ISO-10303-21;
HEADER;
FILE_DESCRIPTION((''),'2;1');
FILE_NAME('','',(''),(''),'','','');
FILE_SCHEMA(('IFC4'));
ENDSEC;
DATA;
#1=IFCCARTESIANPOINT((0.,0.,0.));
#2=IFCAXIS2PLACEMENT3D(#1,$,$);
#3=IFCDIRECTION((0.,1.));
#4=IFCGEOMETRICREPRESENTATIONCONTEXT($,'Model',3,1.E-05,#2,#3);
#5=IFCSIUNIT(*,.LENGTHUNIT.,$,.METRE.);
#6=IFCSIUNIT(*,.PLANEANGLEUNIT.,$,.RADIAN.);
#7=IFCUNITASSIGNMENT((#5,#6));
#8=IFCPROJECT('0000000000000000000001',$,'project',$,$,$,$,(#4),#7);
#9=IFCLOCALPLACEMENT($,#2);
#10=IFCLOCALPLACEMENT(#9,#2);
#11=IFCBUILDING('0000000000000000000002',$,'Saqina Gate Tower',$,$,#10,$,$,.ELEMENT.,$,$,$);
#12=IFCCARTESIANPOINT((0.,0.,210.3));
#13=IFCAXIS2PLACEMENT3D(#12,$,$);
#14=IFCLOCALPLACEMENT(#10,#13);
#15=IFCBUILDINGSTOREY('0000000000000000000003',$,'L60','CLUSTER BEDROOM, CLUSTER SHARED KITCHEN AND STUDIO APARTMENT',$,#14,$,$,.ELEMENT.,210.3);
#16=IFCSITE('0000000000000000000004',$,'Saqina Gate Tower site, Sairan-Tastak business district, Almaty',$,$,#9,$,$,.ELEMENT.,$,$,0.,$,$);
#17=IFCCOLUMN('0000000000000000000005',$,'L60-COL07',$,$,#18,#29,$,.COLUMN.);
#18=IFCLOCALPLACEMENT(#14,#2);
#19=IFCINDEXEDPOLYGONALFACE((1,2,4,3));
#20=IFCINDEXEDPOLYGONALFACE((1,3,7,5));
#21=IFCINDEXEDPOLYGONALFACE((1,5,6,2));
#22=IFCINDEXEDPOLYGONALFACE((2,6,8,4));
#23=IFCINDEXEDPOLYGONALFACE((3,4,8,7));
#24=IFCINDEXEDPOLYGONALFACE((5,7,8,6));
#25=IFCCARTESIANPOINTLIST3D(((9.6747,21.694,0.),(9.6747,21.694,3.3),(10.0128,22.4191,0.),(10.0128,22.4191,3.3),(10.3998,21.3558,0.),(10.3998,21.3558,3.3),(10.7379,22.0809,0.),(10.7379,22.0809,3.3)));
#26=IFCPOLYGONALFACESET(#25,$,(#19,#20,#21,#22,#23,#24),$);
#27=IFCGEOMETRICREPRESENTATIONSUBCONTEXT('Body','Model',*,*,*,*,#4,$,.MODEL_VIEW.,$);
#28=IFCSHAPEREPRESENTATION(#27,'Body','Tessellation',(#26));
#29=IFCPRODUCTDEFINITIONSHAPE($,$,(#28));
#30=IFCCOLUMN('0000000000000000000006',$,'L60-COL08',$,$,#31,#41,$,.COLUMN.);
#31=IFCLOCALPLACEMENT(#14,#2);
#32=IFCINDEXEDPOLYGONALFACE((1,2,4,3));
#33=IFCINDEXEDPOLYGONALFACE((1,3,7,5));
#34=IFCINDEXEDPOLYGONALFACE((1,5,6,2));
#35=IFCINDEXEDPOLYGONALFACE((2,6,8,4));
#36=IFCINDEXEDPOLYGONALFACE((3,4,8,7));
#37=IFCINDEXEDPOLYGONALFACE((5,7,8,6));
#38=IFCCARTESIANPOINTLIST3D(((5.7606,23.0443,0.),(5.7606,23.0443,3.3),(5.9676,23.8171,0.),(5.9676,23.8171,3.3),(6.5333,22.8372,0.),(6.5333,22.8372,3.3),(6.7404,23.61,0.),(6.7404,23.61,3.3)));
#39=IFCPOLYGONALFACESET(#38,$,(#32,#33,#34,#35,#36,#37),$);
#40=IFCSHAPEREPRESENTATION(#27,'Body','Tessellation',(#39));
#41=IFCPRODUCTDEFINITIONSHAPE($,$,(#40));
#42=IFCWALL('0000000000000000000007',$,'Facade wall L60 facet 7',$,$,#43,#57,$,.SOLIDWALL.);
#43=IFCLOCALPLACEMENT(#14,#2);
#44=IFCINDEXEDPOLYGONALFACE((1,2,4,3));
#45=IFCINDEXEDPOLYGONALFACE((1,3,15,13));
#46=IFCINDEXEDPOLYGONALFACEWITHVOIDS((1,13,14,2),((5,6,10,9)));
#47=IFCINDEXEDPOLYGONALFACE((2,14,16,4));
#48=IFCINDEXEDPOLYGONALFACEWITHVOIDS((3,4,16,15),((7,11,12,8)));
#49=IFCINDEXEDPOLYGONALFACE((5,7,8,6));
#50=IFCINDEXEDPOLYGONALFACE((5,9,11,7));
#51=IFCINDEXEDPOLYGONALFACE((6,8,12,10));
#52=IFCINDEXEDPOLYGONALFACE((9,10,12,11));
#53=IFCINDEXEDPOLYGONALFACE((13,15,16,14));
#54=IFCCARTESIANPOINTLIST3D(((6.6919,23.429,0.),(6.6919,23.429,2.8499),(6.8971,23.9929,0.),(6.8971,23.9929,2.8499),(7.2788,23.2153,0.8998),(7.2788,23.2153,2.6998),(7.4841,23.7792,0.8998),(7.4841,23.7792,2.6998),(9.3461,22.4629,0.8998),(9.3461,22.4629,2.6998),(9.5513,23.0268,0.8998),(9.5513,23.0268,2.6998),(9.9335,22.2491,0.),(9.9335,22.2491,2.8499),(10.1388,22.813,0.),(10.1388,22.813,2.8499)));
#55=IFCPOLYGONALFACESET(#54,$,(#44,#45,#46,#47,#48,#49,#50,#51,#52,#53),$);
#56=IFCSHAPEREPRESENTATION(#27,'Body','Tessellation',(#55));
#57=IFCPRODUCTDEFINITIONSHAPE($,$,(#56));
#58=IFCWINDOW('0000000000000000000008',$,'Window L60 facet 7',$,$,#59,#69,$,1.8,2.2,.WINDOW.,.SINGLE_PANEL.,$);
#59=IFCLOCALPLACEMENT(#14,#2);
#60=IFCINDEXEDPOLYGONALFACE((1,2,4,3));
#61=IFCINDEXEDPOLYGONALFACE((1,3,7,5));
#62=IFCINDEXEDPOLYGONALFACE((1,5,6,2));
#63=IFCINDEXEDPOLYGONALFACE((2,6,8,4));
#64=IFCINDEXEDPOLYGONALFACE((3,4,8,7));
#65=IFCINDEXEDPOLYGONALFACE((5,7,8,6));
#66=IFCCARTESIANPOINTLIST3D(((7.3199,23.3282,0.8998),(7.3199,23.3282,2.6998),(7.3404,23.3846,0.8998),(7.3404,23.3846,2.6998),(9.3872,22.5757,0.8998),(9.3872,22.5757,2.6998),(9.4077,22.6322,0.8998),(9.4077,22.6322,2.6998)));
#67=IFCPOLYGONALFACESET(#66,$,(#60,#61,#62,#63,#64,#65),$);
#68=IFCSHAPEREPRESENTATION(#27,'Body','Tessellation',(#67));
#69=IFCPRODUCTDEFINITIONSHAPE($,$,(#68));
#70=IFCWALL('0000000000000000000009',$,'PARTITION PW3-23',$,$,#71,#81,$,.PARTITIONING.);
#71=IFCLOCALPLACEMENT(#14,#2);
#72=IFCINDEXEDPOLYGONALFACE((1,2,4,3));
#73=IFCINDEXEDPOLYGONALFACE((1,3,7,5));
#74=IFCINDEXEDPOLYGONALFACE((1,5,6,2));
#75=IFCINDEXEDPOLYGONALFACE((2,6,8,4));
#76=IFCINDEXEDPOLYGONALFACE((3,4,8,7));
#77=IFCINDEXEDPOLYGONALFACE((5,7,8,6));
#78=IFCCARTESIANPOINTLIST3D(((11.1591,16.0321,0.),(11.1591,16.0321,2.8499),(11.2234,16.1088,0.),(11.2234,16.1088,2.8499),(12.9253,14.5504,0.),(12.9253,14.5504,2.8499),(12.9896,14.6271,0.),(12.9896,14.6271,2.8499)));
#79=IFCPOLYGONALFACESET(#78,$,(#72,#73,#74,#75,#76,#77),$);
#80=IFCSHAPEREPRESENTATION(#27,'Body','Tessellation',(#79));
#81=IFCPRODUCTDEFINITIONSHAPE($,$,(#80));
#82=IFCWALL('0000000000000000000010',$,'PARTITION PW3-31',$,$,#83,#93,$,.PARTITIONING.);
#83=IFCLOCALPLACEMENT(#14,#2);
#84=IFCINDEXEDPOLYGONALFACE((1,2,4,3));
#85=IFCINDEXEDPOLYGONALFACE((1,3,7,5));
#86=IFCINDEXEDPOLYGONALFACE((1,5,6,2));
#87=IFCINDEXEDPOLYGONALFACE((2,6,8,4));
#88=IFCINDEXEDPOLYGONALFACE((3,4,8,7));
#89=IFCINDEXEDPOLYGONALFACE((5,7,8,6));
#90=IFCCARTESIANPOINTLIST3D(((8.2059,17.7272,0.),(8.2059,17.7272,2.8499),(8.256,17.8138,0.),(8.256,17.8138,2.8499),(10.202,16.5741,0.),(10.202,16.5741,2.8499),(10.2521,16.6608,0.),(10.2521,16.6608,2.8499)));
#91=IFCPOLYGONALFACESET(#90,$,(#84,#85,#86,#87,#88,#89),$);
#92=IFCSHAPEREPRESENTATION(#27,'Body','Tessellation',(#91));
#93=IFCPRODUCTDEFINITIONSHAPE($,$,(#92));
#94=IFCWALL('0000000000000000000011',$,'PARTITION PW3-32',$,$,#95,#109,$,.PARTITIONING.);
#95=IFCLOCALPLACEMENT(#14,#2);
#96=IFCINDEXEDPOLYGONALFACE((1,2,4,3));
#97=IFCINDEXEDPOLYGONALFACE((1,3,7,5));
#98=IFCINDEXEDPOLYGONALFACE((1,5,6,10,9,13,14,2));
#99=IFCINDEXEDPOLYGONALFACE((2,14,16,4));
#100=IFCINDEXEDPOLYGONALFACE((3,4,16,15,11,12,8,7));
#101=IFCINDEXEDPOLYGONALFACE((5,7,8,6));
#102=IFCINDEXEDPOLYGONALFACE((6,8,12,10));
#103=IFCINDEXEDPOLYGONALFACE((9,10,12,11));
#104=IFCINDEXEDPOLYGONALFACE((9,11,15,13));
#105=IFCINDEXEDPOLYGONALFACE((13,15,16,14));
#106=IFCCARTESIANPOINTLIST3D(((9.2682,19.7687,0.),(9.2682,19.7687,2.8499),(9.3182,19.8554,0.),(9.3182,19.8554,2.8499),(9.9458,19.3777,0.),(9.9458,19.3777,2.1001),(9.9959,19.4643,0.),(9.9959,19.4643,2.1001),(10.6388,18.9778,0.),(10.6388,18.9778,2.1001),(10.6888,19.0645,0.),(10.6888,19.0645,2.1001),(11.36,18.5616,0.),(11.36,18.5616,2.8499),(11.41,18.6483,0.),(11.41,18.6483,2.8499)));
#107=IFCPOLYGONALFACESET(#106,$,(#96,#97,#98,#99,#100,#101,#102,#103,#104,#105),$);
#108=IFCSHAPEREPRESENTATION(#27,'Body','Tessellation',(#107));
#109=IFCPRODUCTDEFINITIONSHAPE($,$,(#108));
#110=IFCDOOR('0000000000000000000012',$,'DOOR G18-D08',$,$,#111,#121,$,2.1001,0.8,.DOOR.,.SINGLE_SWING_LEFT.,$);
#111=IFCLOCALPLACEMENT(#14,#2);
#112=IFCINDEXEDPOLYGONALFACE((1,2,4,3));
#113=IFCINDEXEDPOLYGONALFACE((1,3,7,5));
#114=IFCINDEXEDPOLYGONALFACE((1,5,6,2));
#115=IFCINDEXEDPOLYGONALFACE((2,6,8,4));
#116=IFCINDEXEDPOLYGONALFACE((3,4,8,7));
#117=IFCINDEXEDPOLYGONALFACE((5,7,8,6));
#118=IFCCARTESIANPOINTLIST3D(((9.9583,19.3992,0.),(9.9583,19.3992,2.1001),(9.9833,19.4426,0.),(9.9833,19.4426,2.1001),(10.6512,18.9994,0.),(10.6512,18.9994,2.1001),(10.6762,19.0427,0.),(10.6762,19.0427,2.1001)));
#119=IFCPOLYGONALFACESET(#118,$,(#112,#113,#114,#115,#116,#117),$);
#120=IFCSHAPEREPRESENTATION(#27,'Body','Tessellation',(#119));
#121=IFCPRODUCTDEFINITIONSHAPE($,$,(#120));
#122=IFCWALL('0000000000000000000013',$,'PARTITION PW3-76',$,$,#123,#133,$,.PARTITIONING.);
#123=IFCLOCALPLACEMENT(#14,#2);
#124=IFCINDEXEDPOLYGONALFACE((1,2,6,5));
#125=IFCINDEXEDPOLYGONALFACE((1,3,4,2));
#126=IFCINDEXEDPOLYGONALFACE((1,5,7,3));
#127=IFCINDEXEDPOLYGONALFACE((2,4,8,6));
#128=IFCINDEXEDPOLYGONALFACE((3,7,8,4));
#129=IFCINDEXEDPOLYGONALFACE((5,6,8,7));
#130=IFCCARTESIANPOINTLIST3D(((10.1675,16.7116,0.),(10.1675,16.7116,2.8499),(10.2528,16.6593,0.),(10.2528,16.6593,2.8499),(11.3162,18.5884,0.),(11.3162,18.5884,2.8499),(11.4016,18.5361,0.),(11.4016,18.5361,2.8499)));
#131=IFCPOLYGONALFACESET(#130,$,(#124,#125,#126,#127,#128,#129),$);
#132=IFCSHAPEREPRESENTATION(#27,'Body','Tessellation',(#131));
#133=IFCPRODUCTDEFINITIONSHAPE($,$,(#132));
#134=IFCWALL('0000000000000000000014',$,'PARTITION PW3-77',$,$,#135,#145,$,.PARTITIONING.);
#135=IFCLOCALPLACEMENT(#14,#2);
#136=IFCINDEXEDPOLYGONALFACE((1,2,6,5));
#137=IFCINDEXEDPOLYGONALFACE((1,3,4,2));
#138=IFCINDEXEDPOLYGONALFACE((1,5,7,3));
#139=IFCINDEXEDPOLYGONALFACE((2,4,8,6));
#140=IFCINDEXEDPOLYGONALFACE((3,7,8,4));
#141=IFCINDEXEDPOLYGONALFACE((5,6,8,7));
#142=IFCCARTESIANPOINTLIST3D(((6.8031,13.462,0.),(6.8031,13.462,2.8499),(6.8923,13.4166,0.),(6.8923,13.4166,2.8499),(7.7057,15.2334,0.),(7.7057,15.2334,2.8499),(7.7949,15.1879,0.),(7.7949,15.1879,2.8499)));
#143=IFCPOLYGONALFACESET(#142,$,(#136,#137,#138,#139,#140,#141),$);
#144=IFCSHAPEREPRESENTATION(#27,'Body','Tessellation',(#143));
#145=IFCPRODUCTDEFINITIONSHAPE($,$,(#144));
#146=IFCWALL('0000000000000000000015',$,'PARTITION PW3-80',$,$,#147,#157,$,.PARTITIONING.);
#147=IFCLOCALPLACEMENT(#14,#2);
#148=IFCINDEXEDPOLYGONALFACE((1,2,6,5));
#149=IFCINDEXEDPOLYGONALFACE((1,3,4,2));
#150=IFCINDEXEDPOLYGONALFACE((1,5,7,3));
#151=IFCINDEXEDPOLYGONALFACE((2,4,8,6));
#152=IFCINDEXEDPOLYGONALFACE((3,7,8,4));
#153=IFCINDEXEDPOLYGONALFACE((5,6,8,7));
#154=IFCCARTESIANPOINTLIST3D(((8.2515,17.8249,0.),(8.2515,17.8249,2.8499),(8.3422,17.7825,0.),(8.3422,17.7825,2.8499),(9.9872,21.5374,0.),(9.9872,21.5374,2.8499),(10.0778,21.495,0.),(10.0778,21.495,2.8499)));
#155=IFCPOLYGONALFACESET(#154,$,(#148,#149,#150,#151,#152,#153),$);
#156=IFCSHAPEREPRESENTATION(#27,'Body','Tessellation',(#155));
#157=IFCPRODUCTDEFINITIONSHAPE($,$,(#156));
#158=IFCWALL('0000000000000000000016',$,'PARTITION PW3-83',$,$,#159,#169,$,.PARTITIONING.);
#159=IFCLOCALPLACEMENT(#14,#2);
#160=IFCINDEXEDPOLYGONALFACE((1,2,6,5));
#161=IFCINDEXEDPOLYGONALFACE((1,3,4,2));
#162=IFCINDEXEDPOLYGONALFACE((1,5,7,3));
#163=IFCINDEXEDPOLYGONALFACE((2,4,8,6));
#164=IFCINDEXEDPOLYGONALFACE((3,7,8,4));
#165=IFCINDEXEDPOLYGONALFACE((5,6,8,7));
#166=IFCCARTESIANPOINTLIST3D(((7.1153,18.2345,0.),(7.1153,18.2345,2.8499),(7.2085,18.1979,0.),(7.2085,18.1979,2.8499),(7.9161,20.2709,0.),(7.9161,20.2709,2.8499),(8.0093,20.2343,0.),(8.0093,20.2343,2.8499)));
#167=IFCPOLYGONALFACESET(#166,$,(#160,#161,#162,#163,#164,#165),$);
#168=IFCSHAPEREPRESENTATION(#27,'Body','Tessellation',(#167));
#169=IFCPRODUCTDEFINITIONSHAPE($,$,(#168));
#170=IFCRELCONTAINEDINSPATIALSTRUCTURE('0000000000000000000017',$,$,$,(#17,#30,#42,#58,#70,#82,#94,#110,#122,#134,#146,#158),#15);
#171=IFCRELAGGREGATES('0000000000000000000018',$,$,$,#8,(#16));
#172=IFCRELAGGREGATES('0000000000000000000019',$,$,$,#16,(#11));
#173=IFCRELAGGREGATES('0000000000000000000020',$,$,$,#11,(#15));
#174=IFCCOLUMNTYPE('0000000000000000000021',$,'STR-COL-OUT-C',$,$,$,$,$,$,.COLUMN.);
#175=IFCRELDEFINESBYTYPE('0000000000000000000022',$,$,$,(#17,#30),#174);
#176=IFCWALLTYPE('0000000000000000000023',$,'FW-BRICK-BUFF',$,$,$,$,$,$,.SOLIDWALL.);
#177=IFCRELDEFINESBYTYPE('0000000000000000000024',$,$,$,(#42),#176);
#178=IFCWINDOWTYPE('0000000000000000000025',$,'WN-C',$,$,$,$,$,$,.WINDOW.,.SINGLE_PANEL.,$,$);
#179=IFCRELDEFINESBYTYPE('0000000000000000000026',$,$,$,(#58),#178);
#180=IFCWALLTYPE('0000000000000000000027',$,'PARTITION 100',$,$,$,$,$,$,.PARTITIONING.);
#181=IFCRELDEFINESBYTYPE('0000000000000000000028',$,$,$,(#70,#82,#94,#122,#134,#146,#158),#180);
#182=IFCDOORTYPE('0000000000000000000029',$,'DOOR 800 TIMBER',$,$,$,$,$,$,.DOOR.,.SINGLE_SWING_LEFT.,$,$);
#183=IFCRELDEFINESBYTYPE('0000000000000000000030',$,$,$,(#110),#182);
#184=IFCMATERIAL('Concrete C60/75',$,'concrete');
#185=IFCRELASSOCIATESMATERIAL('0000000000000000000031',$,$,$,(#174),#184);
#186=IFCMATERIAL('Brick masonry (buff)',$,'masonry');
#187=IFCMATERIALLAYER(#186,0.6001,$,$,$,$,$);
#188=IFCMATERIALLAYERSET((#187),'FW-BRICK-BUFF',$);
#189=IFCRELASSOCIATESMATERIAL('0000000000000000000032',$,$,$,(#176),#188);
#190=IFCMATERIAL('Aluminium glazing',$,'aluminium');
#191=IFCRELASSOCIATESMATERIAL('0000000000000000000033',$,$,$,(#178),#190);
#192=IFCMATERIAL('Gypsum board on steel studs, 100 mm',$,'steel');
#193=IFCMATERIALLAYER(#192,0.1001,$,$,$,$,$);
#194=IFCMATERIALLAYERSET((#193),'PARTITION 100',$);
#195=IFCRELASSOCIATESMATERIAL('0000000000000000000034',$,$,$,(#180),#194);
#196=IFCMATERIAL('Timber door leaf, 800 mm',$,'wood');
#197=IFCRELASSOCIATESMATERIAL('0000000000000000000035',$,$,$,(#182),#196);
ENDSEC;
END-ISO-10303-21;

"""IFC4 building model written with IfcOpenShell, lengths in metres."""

from ifc_helpers import new_model, si_unit, direction, frame, frame_2d, origin, origin_2d, place, context, subcontext, project, spatial, rectangle, extrude, material, layer, layer_set, material_profile, profile_set, type_object, element, fill, save


model = new_model("IFC4")

# Units and contexts
model_context = context("Model", 3, precision=1e-05, world=origin(), true_north=direction((0.0, 1.0)))
body_context = subcontext(model_context, "Body", "Model", "MODEL_VIEW")
ifc_project = project(units=[si_unit("LENGTHUNIT", "METRE"), si_unit("PLANEANGLEUNIT", "RADIAN")], contexts=[model_context])

# Site, building, storey
site_placement = place(None, origin())
site = spatial("IfcSite", under=ifc_project, at=site_placement, Name="Saqina Gate Tower site, Sairan-Tastak business district, Almaty", CompositionType="ELEMENT", RefElevation=0.0)
building_placement = place(site_placement, origin())
building = spatial("IfcBuilding", under=site, at=building_placement, Name="Saqina Gate Tower", CompositionType="ELEMENT")
storey_placement = place(building_placement, frame((0.0, 0.0, 210.3)))
storey = spatial("IfcBuildingStorey", under=building, at=storey_placement, Name="L60", Description="CLUSTER BEDROOM, CLUSTER SHARED KITCHEN AND STUDIO APARTMENT", CompositionType="ELEMENT", Elevation=210.3)

# Columns
ifc_material_1 = material(Name="Concrete C60/75", Category="concrete")
ifc_material_profile = material_profile(ifc_material_1, rectangle(XDim=0.8, YDim=0.8, at=origin_2d()), Name="RC 800x800")
ifc_profile_set = profile_set([ifc_material_profile], Name="Concrete C60/75")
column_type = type_object("IfcColumnType", Name="STR-COL-OUT-C", PredefinedType="COLUMN", material=ifc_profile_set)
for number, where, z_axis, x_axis, name in (
    (1, (10.2063, 21.8875, 0.0), (0.0, 0.0, 1.0), (0.422618, 0.906308, 0.0), "L60-COL07"),
    (2, (6.2505, 23.3271, 0.0), (0.0, 0.0, 1.0), (0.258819, 0.965926, 0.0), "L60-COL08"),
):
    element("IfcColumn", number, at=place(storey_placement, frame(where, z_axis=z_axis, x_axis=x_axis)), inside=storey, type_object=column_type, Name=name, PredefinedType="COLUMN", context=body_context, shape_type="SweptSolid", body=[
        extrude(rectangle(XDim=0.8, YDim=0.8, at=origin_2d()), origin(), (0.0, 0.0, 1.0), 3.3),
    ])

# Wall, opening, window
ifc_material_2 = material(Name="Brick masonry (buff)", Category="masonry")
ifc_layer_1 = layer(ifc_material_2, 0.6001)
ifc_layer_set_1 = layer_set([ifc_layer_1], Name="FW-BRICK-BUFF")
wall_type_1 = type_object("IfcWallType", Name="FW-BRICK-BUFF", PredefinedType="SOLIDWALL", material=ifc_layer_set_1)
wall_1_placement = place(storey_placement, frame((10.0361, 22.531, 0.0), z_axis=(0.0, 0.0, 1.0), x_axis=(-0.939688, 0.342033, 0.0)))
wall_1 = element("IfcWall", 3, at=wall_1_placement, inside=storey, type_object=wall_type_1, Name="Facade wall L60 facet 7", PredefinedType="SOLIDWALL", context=body_context, shape_type="SweptSolid", body=[
    extrude(rectangle(XDim=3.4497, YDim=0.6001, at=frame_2d((1.7249, 0.0))), origin(), (0.0, 0.0, 1.0), 2.8499),
])
opening_1_placement = place(wall_1_placement, frame((0.625, 0.0, 0.8999)))
opening_1 = element("IfcOpeningElement", 4, at=opening_1_placement, cuts=wall_1, PredefinedType="OPENING", context=body_context, shape_type="SweptSolid", body=[
    extrude(rectangle(XDim=2.2, YDim=1.8, at=frame_2d((1.1001, 0.8999))), frame((0.0, 0.312, 0.0), z_axis=(0.0, -1.0, 0.0), x_axis=(1.0, 0.0, 0.0)), (0.0, 0.0, 1.0), 0.624),
])
ifc_material_3 = material(Name="Aluminium glazing", Category="aluminium")
window_type = type_object("IfcWindowType", Name="WN-C", PartitioningType="SINGLE_PANEL", PredefinedType="WINDOW", material=ifc_material_3)
window_placement = place(opening_1_placement, origin())
window = element("IfcWindow", 5, at=window_placement, inside=storey, type_object=window_type, Name="Window L60 facet 7", OverallHeight=1.8, OverallWidth=2.2, PartitioningType="SINGLE_PANEL", PredefinedType="WINDOW", context=body_context, shape_type="SweptSolid", body=[
    extrude(rectangle(XDim=2.2, YDim=1.8, at=frame_2d((1.1001, 0.8999))), frame((0.0, 0.1799, 0.0), z_axis=(0.0, -1.0, 0.0), x_axis=(1.0, 0.0, 0.0)), (0.0, 0.0, 1.0), 0.0601),
])
fill(opening_1, window)

# Walls
ifc_material_4 = material(Name="Gypsum board on steel studs, 100 mm", Category="steel")
ifc_layer_2 = layer(ifc_material_4, 0.1001)
ifc_layer_set_2 = layer_set([ifc_layer_2], Name="PARTITION 100")
wall_type_2 = type_object("IfcWallType", Name="PARTITION 100", PredefinedType="PARTITIONING", material=ifc_layer_set_2)
wall_2_placement = place(storey_placement, frame((11.1912, 16.0706, 0.0), z_axis=(0.0, 0.0, 1.0), x_axis=(0.766099, -0.642723, 0.0)))
element("IfcWall", 6, at=wall_2_placement, inside=storey, type_object=wall_type_2, Name="PARTITION PW3-23", PredefinedType="PARTITIONING", context=body_context, shape_type="SweptSolid", body=[
    extrude(rectangle(XDim=2.3054, YDim=0.1001, at=frame_2d((1.1528, 0.0))), origin(), (0.0, 0.0, 1.0), 2.8499),
])
wall_3_placement = place(storey_placement, frame((8.231, 17.7705, 0.0), z_axis=(0.0, 0.0, 1.0), x_axis=(0.865907, -0.500205, 0.0)))
element("IfcWall", 7, at=wall_3_placement, inside=storey, type_object=wall_type_2, Name="PARTITION PW3-31", PredefinedType="PARTITIONING", context=body_context, shape_type="SweptSolid", body=[
    extrude(rectangle(XDim=2.3052, YDim=0.1001, at=frame_2d((1.1526, 0.0))), origin(), (0.0, 0.0, 1.0), 2.8499),
])

# Wall, opening, door
wall_4_placement = place(storey_placement, frame((9.2932, 19.812, 0.0), z_axis=(0.0, 0.0, 1.0), x_axis=(0.866145, -0.499792, 0.0)))
wall_4 = element("IfcWall", 8, at=wall_4_placement, inside=storey, type_object=wall_type_2, Name="PARTITION PW3-32", PredefinedType="PARTITIONING", context=body_context, shape_type="SweptSolid", body=[
    extrude(rectangle(XDim=2.415, YDim=0.1001, at=frame_2d((1.2075, 0.0))), origin(), (0.0, 0.0, 1.0), 2.8499),
])
opening_2_placement = place(wall_4_placement, frame((0.7825, 0.0, 0.0)))
opening_2 = element("IfcOpeningElement", 9, at=opening_2_placement, cuts=wall_4, PredefinedType="OPENING", context=body_context, shape_type="SweptSolid", body=[
    extrude(rectangle(XDim=0.8, YDim=2.1001, at=frame_2d((0.3999, 1.05))), frame((0.0, 0.062, 0.0), z_axis=(0.0, -1.0, 0.0), x_axis=(1.0, 0.0, 0.0)), (0.0, 0.0, 1.0), 0.124),
])
ifc_material_5 = material(Name="Timber door leaf, 800 mm", Category="wood")
door_type_1 = type_object("IfcDoorType", Name="DOOR 800 TIMBER", OperationType="SINGLE_SWING_LEFT", PredefinedType="DOOR", material=ifc_material_5)
door_1_placement = place(opening_2_placement, origin())
door_1 = element("IfcDoor", 10, at=door_1_placement, inside=storey, type_object=door_type_1, Name="DOOR G18-D08", OperationType="SINGLE_SWING_LEFT", OverallHeight=2.1001, OverallWidth=0.8, PredefinedType="DOOR", context=body_context, shape_type="SweptSolid", body=[
    extrude(rectangle(XDim=0.8, YDim=2.1001, at=frame_2d((0.3999, 1.05))), frame((0.0, 0.0249, 0.0), z_axis=(0.0, -1.0, 0.0), x_axis=(1.0, 0.0, 0.0)), (0.0, 0.0, 1.0), 0.05),
])
fill(opening_2, door_1)

# Walls
wall_5_placement = place(storey_placement, frame((10.2102, 16.6855, 0.0), z_axis=(0.0, 0.0, 1.0), x_axis=(0.522047, 0.852917, 0.0)))
element("IfcWall", 11, at=wall_5_placement, inside=storey, type_object=wall_type_2, Name="PARTITION PW3-76", PredefinedType="PARTITIONING", context=body_context, shape_type="SweptSolid", body=[
    extrude(rectangle(XDim=2.2004, YDim=0.1001, at=frame_2d((1.1001, 0.0))), origin(), (0.0, 0.0, 1.0), 2.8499),
])
wall_6_placement = place(storey_placement, frame((6.8477, 13.4392, 0.0), z_axis=(0.0, 0.0, 1.0), x_axis=(0.454029, 0.890987, 0.0)))
element("IfcWall", 12, at=wall_6_placement, inside=storey, type_object=wall_type_2, Name="PARTITION PW3-77", PredefinedType="PARTITIONING", context=body_context, shape_type="SweptSolid", body=[
    extrude(rectangle(XDim=1.988, YDim=0.1001, at=frame_2d((0.9941, 0.0))), origin(), (0.0, 0.0, 1.0), 2.8499),
])
wall_7_placement = place(storey_placement, frame((8.2969, 17.8037, 0.0), z_axis=(0.0, 0.0, 1.0), x_axis=(0.423515, 0.905889, 0.0)))
element("IfcWall", 13, at=wall_7_placement, inside=storey, type_object=wall_type_2, Name="PARTITION PW3-80", PredefinedType="PARTITIONING", context=body_context, shape_type="SweptSolid", body=[
    extrude(rectangle(XDim=4.0981, YDim=0.1001, at=frame_2d((2.0491, 0.0))), origin(), (0.0, 0.0, 1.0), 2.8499),
])
wall_8_placement = place(storey_placement, frame((7.1619, 18.2161, 0.0), z_axis=(0.0, 0.0, 1.0), x_axis=(0.36596, 0.930631, 0.0)))
element("IfcWall", 14, at=wall_8_placement, inside=storey, type_object=wall_type_2, Name="PARTITION PW3-83", PredefinedType="PARTITIONING", context=body_context, shape_type="SweptSolid", body=[
    extrude(rectangle(XDim=2.1882, YDim=0.1001, at=frame_2d((1.0942, 0.0))), origin(), (0.0, 0.0, 1.0), 2.8499),
])

save(model, "model.ifc")
